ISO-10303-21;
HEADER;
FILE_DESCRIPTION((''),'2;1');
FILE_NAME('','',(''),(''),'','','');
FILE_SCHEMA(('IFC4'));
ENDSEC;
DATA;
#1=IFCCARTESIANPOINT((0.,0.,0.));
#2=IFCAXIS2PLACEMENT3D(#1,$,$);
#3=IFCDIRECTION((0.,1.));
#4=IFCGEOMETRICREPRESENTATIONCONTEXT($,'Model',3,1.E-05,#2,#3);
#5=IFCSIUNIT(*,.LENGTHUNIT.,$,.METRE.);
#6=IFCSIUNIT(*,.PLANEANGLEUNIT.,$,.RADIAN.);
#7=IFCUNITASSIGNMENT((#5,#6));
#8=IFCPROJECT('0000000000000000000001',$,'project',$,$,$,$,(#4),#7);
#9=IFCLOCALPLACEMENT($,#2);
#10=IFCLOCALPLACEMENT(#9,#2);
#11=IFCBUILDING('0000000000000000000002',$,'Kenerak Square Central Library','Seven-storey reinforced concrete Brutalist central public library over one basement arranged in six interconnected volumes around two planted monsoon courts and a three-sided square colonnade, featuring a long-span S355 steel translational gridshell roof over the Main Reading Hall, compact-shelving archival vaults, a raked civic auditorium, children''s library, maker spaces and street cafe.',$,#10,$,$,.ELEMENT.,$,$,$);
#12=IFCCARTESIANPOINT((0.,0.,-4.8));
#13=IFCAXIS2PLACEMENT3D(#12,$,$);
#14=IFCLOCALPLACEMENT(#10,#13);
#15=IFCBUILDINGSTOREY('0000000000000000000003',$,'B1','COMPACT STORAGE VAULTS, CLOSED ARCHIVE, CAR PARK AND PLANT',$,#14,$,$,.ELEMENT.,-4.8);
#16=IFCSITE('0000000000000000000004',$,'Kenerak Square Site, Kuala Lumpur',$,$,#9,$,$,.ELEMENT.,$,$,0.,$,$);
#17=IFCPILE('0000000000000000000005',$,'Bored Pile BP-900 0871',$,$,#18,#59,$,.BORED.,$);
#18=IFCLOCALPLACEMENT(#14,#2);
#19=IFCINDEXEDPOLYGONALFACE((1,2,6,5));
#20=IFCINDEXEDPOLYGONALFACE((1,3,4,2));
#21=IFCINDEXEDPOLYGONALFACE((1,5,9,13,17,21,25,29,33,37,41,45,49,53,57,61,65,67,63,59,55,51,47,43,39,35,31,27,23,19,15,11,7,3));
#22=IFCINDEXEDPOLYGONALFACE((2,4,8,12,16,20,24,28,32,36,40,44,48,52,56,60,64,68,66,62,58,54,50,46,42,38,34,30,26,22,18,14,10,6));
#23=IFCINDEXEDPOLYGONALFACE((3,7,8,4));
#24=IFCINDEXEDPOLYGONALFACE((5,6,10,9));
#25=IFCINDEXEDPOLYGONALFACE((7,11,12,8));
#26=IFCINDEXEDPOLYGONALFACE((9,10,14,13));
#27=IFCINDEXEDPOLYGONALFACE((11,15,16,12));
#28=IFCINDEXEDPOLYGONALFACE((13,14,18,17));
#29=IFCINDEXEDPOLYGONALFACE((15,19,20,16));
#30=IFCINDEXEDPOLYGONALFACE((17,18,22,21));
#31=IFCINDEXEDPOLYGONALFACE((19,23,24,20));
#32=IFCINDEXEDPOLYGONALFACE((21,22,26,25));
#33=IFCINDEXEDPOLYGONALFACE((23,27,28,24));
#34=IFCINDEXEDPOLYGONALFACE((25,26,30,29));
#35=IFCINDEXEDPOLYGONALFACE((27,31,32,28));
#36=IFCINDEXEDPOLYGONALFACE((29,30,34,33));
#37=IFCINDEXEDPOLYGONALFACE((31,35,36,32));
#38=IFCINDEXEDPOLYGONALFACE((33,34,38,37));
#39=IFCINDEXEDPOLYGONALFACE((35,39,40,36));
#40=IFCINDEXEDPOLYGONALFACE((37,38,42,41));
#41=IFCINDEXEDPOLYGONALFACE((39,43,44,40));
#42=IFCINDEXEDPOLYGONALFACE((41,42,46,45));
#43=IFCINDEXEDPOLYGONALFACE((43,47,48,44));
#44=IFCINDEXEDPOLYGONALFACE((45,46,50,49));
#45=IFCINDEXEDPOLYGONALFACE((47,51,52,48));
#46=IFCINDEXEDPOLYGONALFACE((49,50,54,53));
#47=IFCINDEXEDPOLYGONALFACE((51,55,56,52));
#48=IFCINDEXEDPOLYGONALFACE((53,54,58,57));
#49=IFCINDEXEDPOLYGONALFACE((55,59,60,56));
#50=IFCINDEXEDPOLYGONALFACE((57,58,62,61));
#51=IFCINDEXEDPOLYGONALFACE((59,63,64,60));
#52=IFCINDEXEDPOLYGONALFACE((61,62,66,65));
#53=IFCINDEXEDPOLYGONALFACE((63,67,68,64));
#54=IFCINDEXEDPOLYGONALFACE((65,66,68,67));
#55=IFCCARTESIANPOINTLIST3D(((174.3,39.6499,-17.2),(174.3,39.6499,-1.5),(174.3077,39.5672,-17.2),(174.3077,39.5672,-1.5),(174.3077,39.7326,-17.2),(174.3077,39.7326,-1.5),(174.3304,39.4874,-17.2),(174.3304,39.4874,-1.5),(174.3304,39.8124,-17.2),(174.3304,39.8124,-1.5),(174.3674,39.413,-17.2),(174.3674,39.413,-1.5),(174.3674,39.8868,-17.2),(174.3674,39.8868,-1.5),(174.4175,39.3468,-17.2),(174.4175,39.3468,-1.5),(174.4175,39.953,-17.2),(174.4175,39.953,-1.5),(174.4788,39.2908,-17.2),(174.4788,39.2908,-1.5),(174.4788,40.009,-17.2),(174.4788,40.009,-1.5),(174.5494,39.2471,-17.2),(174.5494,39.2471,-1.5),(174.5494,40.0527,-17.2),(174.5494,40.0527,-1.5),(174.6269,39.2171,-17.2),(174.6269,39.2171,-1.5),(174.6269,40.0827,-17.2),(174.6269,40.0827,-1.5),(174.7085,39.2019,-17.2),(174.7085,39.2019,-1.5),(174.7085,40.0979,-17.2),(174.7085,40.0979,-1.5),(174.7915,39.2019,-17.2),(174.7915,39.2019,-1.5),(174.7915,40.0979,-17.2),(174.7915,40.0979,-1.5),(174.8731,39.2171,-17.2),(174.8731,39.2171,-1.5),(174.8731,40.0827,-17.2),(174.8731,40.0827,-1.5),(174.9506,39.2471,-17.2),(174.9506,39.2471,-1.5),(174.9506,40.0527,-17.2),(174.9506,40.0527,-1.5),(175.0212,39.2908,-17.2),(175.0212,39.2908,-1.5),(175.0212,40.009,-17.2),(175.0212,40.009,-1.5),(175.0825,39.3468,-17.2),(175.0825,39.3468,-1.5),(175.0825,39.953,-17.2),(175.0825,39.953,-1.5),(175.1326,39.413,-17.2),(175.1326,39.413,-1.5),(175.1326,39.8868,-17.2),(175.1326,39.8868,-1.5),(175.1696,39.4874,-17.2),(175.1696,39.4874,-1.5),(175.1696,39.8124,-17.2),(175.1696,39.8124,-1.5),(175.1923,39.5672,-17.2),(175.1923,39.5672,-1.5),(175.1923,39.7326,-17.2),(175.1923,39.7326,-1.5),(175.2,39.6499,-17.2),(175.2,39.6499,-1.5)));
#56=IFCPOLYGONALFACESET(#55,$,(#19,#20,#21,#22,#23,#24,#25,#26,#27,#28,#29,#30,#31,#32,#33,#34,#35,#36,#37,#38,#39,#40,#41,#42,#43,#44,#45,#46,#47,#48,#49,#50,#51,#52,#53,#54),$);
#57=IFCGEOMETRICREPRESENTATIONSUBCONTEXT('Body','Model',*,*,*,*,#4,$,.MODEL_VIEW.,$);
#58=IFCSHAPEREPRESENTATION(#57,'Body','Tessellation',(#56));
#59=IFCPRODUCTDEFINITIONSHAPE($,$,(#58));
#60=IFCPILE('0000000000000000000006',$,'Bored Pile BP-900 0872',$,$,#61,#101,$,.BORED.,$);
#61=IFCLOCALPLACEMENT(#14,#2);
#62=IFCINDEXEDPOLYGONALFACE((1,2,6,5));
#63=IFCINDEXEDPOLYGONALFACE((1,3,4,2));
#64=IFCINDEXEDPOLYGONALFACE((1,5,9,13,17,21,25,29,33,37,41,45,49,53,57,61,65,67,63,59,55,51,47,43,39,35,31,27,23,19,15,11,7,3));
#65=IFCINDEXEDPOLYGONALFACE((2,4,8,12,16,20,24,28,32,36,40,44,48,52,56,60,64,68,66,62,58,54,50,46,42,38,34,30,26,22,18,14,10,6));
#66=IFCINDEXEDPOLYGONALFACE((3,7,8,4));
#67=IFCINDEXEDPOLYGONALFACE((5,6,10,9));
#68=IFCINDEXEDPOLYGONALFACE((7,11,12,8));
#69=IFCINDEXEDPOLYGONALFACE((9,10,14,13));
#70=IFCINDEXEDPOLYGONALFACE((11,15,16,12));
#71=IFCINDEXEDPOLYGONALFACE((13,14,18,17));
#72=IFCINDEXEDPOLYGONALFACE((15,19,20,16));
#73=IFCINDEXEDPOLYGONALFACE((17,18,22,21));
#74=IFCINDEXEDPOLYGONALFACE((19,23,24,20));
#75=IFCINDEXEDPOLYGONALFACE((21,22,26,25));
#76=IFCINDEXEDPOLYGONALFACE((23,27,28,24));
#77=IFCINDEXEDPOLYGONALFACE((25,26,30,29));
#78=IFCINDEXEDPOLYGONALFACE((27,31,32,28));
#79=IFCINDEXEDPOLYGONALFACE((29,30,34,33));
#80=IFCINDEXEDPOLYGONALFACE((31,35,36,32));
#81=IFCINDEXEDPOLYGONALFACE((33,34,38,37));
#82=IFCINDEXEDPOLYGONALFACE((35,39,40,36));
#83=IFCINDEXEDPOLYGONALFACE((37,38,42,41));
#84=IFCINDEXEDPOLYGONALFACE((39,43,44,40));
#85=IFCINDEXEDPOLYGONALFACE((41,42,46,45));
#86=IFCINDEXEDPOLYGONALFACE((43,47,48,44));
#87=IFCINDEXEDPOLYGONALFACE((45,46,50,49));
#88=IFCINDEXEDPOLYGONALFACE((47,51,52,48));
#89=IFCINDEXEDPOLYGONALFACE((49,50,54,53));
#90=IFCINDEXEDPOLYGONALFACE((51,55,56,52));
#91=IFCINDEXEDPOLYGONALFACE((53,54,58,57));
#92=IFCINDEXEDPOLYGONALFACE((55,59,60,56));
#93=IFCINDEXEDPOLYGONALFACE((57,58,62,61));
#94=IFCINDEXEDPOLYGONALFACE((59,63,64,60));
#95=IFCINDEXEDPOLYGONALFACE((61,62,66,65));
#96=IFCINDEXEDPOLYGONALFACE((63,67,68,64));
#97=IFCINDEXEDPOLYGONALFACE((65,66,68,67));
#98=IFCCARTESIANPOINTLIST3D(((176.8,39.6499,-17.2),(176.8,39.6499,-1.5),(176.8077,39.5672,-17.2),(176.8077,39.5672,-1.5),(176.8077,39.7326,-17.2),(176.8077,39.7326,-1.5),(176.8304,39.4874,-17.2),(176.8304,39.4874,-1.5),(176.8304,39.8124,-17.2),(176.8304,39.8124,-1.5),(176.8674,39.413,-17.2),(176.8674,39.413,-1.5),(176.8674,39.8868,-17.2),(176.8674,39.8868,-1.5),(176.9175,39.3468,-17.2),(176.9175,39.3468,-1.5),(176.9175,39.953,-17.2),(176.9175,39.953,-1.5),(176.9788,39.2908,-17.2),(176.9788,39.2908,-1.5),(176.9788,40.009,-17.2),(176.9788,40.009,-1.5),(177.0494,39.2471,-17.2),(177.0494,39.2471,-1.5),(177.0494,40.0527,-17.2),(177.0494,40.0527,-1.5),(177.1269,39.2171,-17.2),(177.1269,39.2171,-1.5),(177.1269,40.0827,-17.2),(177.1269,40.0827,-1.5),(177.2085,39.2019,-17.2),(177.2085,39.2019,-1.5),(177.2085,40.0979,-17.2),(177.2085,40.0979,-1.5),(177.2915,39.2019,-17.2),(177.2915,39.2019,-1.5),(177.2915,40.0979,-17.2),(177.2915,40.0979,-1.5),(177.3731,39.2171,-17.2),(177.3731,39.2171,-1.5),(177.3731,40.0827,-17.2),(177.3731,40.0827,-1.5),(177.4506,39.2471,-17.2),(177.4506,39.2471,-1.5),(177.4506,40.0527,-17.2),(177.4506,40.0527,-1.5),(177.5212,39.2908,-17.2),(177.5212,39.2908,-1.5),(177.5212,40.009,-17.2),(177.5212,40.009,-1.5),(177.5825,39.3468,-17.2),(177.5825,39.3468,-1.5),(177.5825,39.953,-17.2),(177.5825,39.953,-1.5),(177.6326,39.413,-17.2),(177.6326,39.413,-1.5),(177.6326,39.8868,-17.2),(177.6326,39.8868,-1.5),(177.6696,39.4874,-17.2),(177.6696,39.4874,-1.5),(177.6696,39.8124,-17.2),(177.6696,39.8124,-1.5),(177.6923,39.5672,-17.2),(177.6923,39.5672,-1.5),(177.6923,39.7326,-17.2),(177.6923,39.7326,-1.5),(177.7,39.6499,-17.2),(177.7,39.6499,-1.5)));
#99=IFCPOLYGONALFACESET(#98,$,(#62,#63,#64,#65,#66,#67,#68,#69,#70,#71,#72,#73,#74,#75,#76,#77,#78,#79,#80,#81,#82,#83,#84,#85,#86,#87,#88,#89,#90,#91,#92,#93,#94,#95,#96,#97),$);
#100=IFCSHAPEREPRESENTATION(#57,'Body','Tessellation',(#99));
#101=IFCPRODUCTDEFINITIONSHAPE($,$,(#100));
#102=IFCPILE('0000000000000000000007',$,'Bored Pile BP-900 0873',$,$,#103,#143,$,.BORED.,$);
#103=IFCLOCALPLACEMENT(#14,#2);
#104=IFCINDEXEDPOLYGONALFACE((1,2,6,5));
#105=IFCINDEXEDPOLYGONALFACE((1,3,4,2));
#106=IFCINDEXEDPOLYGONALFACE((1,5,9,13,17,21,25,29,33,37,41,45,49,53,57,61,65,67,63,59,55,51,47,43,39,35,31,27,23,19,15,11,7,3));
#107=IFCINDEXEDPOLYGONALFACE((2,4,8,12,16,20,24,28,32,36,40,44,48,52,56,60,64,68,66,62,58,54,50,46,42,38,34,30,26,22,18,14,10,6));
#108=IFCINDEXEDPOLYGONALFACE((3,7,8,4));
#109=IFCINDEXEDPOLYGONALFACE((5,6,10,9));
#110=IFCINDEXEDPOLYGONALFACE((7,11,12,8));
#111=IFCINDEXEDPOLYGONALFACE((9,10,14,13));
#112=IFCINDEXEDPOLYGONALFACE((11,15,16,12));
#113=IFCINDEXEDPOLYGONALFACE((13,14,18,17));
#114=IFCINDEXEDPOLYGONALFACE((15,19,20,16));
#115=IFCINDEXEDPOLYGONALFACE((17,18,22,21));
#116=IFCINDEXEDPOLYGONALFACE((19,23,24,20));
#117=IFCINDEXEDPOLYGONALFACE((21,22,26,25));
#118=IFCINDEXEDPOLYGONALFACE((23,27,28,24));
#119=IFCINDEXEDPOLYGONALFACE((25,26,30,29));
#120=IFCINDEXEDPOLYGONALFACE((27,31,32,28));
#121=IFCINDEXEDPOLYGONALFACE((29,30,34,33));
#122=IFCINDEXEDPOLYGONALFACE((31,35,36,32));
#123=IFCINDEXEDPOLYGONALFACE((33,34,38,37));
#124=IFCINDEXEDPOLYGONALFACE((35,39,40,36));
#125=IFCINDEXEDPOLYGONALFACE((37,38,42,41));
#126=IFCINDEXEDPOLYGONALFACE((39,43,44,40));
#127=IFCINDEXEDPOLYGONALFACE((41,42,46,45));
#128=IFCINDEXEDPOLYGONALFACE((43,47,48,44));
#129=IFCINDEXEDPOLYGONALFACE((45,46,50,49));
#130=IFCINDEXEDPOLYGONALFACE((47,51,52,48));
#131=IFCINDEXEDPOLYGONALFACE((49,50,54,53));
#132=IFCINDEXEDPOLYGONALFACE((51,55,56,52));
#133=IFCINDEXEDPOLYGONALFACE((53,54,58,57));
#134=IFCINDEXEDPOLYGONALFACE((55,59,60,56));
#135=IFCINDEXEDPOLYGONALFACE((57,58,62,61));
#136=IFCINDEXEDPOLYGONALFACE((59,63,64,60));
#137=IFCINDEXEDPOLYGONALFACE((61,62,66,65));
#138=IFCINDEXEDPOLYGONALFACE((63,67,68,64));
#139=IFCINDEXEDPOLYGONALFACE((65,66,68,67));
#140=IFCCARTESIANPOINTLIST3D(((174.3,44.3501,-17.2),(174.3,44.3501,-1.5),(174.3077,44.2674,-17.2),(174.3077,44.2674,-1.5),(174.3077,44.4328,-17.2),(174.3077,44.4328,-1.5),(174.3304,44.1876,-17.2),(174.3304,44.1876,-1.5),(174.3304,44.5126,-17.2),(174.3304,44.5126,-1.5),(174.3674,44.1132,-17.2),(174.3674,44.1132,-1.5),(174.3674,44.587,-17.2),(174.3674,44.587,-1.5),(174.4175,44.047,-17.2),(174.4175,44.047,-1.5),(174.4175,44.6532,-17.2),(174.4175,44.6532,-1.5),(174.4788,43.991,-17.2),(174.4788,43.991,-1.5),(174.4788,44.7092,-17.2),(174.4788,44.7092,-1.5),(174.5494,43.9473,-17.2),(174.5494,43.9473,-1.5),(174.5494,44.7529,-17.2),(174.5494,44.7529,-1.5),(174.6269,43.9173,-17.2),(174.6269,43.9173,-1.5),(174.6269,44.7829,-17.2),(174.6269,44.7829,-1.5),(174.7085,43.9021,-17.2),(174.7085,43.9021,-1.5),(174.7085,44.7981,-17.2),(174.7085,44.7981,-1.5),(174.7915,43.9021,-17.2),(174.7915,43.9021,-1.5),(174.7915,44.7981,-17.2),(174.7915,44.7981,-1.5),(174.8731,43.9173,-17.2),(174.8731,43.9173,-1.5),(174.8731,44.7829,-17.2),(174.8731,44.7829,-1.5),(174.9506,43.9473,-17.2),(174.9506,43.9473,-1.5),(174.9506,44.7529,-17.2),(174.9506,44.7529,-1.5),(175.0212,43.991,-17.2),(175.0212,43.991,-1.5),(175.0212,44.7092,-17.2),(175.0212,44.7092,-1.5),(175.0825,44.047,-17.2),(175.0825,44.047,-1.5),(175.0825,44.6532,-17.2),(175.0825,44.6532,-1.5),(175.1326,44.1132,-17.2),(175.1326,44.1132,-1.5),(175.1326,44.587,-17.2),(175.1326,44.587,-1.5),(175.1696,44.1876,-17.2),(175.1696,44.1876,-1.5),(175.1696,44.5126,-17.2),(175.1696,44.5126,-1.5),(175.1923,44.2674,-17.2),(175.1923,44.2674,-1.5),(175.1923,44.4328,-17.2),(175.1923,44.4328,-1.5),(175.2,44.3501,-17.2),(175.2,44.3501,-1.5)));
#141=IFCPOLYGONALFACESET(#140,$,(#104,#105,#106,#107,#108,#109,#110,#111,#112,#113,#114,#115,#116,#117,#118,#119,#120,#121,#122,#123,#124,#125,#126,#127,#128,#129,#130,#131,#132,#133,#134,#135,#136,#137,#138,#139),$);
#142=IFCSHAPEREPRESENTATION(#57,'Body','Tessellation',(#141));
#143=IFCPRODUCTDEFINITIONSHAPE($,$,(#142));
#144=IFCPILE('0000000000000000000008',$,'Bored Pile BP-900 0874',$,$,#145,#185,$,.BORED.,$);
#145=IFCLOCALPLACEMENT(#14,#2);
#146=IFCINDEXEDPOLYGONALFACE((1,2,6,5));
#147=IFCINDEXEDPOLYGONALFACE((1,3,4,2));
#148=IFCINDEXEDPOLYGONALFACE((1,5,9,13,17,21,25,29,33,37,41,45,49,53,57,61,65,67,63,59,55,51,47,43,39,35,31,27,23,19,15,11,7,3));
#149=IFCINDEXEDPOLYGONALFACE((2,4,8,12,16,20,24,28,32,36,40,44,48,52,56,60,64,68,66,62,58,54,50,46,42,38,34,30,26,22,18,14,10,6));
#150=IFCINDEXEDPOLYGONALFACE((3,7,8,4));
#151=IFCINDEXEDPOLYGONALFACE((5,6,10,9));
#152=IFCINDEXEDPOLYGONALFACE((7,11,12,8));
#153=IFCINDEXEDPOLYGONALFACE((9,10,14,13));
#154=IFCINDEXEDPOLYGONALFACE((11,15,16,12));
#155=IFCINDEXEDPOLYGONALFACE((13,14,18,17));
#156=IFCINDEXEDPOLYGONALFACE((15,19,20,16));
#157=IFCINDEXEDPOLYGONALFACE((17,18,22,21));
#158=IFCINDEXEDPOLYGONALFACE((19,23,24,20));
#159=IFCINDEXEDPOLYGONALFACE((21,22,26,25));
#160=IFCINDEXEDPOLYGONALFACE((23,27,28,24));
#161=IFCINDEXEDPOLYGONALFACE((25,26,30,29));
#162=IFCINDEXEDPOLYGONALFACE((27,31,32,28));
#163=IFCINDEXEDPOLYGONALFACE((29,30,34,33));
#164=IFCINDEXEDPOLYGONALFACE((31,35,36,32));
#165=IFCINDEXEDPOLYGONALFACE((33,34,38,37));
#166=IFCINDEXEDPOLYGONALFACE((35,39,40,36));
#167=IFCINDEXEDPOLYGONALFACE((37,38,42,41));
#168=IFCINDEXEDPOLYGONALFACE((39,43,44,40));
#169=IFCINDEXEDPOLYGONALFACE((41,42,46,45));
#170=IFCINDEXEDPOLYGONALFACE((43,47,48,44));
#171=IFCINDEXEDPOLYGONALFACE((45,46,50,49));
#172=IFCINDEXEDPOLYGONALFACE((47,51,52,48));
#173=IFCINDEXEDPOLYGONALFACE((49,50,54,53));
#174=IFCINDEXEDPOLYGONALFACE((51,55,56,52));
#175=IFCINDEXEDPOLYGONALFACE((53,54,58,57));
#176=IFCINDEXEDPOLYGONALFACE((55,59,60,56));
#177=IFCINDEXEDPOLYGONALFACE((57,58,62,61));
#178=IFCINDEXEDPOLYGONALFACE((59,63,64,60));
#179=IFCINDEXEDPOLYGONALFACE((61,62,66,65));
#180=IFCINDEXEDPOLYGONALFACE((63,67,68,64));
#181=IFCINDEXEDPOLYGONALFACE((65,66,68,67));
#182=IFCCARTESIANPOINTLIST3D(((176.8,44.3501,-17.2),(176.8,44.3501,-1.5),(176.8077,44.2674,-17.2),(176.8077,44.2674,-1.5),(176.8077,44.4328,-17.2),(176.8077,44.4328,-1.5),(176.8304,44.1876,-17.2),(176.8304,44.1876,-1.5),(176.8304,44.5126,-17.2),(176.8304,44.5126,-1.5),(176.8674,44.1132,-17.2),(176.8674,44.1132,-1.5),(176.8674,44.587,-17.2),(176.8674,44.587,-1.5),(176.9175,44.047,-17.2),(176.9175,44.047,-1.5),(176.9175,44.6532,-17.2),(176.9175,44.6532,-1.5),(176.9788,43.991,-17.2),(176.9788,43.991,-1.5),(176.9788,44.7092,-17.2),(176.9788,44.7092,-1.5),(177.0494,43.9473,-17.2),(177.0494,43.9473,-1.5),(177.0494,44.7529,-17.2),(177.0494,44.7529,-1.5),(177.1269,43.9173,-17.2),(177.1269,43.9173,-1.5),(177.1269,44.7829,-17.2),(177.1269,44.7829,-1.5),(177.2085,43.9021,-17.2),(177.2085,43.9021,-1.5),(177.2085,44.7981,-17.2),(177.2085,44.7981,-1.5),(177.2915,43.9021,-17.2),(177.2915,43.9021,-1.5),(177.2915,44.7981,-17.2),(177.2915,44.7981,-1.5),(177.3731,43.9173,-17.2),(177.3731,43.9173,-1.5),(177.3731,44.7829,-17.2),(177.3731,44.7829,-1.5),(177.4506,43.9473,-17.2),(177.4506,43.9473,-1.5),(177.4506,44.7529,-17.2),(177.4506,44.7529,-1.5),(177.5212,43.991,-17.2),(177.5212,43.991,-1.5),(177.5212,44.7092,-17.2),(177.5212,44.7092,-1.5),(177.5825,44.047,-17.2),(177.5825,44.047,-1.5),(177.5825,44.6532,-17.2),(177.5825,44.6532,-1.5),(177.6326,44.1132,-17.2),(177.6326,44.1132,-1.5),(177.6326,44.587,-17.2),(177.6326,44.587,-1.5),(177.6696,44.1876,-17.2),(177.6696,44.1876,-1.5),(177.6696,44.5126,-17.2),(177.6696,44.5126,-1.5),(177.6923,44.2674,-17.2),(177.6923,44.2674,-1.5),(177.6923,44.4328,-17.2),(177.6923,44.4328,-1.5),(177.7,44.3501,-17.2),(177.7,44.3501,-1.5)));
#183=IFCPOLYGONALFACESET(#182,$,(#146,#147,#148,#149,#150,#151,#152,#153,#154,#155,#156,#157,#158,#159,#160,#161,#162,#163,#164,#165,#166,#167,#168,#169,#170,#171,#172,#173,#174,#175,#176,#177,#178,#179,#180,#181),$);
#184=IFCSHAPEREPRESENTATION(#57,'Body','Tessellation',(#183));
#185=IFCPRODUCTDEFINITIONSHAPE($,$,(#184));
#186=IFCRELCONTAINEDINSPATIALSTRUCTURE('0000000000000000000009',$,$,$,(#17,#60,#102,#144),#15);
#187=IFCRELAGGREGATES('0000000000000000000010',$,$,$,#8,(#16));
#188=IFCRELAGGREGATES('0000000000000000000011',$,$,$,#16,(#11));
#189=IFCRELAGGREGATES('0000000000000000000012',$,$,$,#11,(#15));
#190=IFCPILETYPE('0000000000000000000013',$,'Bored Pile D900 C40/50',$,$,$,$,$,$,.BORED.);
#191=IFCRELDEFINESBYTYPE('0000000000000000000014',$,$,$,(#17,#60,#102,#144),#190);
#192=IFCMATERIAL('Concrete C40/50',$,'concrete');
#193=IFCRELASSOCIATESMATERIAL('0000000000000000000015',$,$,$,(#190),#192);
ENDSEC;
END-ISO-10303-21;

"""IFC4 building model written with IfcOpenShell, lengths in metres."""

from ifc_helpers import new_model, si_unit, direction, frame, origin, origin_2d, place, context, subcontext, project, spatial, circle, extrude, material, material_profile, profile_set, type_object, element, save


model = new_model("IFC4")

# Units and contexts
model_context = context("Model", 3, precision=1e-05, world=origin(), true_north=direction((0.0, 1.0)))
body_context = subcontext(model_context, "Body", "Model", "MODEL_VIEW")
ifc_project = project(units=[si_unit("LENGTHUNIT", "METRE"), si_unit("PLANEANGLEUNIT", "RADIAN")], contexts=[model_context])

# Site, building, storey
site_placement = place(None, origin())
site = spatial("IfcSite", under=ifc_project, at=site_placement, Name="Kenerak Square Site, Kuala Lumpur", CompositionType="ELEMENT", RefElevation=0.0)
building_placement = place(site_placement, origin())
building = spatial("IfcBuilding", under=site, at=building_placement, Name="Kenerak Square Central Library", Description="Seven-storey reinforced concrete Brutalist central public library over one basement arranged in six interconnected volumes around two planted monsoon courts and a three-sided square colonnade, featuring a long-span S355 steel translational gridshell roof over the Main Reading Hall, compact-shelving archival vaults, a raked civic auditorium, children's library, maker spaces and street cafe.", CompositionType="ELEMENT")
storey_placement = place(building_placement, frame((0.0, 0.0, -4.8)))
storey = spatial("IfcBuildingStorey", under=building, at=storey_placement, Name="B1", Description="COMPACT STORAGE VAULTS, CLOSED ARCHIVE, CAR PARK AND PLANT", CompositionType="ELEMENT", Elevation=-4.8)

# Piles
ifc_material_1 = material(Name="Concrete C40/50", Category="concrete")
ifc_material_profile_1 = material_profile(ifc_material_1, circle(Radius=0.45, at=origin_2d()), Name="BP D900")
ifc_profile_set_1 = profile_set([ifc_material_profile_1], Name="Concrete C40/50")
pile_type = type_object("IfcPileType", Name="Bored Pile D900 C40/50", PredefinedType="BORED", material=ifc_profile_set_1)
for number, where, z_axis, x_axis, name in (
    (1, (174.75, 39.6499, -1.5), (0.0, 0.0, -1.0), (1.0, 0.0, 0.0), "Bored Pile BP-900 0871"),
    (2, (177.25, 39.6499, -1.5), (0.0, 0.0, -1.0), (1.0, 0.0, 0.0), "Bored Pile BP-900 0872"),
    (3, (174.75, 44.3501, -1.5), (0.0, 0.0, -1.0), (1.0, 0.0, 0.0), "Bored Pile BP-900 0873"),
    (4, (177.25, 44.3501, -1.5), (0.0, 0.0, -1.0), (1.0, 0.0, 0.0), "Bored Pile BP-900 0874"),
):
    element("IfcPile", number, at=place(storey_placement, frame(where, z_axis=z_axis, x_axis=x_axis)), inside=storey, type_object=pile_type, Name=name, PredefinedType="BORED", context=body_context, shape_type="SweptSolid", body=[
        extrude(circle(Radius=0.45, at=origin_2d()), origin(), (0.0, 0.0, 1.0), 15.7),
    ])

save(model, "model.ifc")
